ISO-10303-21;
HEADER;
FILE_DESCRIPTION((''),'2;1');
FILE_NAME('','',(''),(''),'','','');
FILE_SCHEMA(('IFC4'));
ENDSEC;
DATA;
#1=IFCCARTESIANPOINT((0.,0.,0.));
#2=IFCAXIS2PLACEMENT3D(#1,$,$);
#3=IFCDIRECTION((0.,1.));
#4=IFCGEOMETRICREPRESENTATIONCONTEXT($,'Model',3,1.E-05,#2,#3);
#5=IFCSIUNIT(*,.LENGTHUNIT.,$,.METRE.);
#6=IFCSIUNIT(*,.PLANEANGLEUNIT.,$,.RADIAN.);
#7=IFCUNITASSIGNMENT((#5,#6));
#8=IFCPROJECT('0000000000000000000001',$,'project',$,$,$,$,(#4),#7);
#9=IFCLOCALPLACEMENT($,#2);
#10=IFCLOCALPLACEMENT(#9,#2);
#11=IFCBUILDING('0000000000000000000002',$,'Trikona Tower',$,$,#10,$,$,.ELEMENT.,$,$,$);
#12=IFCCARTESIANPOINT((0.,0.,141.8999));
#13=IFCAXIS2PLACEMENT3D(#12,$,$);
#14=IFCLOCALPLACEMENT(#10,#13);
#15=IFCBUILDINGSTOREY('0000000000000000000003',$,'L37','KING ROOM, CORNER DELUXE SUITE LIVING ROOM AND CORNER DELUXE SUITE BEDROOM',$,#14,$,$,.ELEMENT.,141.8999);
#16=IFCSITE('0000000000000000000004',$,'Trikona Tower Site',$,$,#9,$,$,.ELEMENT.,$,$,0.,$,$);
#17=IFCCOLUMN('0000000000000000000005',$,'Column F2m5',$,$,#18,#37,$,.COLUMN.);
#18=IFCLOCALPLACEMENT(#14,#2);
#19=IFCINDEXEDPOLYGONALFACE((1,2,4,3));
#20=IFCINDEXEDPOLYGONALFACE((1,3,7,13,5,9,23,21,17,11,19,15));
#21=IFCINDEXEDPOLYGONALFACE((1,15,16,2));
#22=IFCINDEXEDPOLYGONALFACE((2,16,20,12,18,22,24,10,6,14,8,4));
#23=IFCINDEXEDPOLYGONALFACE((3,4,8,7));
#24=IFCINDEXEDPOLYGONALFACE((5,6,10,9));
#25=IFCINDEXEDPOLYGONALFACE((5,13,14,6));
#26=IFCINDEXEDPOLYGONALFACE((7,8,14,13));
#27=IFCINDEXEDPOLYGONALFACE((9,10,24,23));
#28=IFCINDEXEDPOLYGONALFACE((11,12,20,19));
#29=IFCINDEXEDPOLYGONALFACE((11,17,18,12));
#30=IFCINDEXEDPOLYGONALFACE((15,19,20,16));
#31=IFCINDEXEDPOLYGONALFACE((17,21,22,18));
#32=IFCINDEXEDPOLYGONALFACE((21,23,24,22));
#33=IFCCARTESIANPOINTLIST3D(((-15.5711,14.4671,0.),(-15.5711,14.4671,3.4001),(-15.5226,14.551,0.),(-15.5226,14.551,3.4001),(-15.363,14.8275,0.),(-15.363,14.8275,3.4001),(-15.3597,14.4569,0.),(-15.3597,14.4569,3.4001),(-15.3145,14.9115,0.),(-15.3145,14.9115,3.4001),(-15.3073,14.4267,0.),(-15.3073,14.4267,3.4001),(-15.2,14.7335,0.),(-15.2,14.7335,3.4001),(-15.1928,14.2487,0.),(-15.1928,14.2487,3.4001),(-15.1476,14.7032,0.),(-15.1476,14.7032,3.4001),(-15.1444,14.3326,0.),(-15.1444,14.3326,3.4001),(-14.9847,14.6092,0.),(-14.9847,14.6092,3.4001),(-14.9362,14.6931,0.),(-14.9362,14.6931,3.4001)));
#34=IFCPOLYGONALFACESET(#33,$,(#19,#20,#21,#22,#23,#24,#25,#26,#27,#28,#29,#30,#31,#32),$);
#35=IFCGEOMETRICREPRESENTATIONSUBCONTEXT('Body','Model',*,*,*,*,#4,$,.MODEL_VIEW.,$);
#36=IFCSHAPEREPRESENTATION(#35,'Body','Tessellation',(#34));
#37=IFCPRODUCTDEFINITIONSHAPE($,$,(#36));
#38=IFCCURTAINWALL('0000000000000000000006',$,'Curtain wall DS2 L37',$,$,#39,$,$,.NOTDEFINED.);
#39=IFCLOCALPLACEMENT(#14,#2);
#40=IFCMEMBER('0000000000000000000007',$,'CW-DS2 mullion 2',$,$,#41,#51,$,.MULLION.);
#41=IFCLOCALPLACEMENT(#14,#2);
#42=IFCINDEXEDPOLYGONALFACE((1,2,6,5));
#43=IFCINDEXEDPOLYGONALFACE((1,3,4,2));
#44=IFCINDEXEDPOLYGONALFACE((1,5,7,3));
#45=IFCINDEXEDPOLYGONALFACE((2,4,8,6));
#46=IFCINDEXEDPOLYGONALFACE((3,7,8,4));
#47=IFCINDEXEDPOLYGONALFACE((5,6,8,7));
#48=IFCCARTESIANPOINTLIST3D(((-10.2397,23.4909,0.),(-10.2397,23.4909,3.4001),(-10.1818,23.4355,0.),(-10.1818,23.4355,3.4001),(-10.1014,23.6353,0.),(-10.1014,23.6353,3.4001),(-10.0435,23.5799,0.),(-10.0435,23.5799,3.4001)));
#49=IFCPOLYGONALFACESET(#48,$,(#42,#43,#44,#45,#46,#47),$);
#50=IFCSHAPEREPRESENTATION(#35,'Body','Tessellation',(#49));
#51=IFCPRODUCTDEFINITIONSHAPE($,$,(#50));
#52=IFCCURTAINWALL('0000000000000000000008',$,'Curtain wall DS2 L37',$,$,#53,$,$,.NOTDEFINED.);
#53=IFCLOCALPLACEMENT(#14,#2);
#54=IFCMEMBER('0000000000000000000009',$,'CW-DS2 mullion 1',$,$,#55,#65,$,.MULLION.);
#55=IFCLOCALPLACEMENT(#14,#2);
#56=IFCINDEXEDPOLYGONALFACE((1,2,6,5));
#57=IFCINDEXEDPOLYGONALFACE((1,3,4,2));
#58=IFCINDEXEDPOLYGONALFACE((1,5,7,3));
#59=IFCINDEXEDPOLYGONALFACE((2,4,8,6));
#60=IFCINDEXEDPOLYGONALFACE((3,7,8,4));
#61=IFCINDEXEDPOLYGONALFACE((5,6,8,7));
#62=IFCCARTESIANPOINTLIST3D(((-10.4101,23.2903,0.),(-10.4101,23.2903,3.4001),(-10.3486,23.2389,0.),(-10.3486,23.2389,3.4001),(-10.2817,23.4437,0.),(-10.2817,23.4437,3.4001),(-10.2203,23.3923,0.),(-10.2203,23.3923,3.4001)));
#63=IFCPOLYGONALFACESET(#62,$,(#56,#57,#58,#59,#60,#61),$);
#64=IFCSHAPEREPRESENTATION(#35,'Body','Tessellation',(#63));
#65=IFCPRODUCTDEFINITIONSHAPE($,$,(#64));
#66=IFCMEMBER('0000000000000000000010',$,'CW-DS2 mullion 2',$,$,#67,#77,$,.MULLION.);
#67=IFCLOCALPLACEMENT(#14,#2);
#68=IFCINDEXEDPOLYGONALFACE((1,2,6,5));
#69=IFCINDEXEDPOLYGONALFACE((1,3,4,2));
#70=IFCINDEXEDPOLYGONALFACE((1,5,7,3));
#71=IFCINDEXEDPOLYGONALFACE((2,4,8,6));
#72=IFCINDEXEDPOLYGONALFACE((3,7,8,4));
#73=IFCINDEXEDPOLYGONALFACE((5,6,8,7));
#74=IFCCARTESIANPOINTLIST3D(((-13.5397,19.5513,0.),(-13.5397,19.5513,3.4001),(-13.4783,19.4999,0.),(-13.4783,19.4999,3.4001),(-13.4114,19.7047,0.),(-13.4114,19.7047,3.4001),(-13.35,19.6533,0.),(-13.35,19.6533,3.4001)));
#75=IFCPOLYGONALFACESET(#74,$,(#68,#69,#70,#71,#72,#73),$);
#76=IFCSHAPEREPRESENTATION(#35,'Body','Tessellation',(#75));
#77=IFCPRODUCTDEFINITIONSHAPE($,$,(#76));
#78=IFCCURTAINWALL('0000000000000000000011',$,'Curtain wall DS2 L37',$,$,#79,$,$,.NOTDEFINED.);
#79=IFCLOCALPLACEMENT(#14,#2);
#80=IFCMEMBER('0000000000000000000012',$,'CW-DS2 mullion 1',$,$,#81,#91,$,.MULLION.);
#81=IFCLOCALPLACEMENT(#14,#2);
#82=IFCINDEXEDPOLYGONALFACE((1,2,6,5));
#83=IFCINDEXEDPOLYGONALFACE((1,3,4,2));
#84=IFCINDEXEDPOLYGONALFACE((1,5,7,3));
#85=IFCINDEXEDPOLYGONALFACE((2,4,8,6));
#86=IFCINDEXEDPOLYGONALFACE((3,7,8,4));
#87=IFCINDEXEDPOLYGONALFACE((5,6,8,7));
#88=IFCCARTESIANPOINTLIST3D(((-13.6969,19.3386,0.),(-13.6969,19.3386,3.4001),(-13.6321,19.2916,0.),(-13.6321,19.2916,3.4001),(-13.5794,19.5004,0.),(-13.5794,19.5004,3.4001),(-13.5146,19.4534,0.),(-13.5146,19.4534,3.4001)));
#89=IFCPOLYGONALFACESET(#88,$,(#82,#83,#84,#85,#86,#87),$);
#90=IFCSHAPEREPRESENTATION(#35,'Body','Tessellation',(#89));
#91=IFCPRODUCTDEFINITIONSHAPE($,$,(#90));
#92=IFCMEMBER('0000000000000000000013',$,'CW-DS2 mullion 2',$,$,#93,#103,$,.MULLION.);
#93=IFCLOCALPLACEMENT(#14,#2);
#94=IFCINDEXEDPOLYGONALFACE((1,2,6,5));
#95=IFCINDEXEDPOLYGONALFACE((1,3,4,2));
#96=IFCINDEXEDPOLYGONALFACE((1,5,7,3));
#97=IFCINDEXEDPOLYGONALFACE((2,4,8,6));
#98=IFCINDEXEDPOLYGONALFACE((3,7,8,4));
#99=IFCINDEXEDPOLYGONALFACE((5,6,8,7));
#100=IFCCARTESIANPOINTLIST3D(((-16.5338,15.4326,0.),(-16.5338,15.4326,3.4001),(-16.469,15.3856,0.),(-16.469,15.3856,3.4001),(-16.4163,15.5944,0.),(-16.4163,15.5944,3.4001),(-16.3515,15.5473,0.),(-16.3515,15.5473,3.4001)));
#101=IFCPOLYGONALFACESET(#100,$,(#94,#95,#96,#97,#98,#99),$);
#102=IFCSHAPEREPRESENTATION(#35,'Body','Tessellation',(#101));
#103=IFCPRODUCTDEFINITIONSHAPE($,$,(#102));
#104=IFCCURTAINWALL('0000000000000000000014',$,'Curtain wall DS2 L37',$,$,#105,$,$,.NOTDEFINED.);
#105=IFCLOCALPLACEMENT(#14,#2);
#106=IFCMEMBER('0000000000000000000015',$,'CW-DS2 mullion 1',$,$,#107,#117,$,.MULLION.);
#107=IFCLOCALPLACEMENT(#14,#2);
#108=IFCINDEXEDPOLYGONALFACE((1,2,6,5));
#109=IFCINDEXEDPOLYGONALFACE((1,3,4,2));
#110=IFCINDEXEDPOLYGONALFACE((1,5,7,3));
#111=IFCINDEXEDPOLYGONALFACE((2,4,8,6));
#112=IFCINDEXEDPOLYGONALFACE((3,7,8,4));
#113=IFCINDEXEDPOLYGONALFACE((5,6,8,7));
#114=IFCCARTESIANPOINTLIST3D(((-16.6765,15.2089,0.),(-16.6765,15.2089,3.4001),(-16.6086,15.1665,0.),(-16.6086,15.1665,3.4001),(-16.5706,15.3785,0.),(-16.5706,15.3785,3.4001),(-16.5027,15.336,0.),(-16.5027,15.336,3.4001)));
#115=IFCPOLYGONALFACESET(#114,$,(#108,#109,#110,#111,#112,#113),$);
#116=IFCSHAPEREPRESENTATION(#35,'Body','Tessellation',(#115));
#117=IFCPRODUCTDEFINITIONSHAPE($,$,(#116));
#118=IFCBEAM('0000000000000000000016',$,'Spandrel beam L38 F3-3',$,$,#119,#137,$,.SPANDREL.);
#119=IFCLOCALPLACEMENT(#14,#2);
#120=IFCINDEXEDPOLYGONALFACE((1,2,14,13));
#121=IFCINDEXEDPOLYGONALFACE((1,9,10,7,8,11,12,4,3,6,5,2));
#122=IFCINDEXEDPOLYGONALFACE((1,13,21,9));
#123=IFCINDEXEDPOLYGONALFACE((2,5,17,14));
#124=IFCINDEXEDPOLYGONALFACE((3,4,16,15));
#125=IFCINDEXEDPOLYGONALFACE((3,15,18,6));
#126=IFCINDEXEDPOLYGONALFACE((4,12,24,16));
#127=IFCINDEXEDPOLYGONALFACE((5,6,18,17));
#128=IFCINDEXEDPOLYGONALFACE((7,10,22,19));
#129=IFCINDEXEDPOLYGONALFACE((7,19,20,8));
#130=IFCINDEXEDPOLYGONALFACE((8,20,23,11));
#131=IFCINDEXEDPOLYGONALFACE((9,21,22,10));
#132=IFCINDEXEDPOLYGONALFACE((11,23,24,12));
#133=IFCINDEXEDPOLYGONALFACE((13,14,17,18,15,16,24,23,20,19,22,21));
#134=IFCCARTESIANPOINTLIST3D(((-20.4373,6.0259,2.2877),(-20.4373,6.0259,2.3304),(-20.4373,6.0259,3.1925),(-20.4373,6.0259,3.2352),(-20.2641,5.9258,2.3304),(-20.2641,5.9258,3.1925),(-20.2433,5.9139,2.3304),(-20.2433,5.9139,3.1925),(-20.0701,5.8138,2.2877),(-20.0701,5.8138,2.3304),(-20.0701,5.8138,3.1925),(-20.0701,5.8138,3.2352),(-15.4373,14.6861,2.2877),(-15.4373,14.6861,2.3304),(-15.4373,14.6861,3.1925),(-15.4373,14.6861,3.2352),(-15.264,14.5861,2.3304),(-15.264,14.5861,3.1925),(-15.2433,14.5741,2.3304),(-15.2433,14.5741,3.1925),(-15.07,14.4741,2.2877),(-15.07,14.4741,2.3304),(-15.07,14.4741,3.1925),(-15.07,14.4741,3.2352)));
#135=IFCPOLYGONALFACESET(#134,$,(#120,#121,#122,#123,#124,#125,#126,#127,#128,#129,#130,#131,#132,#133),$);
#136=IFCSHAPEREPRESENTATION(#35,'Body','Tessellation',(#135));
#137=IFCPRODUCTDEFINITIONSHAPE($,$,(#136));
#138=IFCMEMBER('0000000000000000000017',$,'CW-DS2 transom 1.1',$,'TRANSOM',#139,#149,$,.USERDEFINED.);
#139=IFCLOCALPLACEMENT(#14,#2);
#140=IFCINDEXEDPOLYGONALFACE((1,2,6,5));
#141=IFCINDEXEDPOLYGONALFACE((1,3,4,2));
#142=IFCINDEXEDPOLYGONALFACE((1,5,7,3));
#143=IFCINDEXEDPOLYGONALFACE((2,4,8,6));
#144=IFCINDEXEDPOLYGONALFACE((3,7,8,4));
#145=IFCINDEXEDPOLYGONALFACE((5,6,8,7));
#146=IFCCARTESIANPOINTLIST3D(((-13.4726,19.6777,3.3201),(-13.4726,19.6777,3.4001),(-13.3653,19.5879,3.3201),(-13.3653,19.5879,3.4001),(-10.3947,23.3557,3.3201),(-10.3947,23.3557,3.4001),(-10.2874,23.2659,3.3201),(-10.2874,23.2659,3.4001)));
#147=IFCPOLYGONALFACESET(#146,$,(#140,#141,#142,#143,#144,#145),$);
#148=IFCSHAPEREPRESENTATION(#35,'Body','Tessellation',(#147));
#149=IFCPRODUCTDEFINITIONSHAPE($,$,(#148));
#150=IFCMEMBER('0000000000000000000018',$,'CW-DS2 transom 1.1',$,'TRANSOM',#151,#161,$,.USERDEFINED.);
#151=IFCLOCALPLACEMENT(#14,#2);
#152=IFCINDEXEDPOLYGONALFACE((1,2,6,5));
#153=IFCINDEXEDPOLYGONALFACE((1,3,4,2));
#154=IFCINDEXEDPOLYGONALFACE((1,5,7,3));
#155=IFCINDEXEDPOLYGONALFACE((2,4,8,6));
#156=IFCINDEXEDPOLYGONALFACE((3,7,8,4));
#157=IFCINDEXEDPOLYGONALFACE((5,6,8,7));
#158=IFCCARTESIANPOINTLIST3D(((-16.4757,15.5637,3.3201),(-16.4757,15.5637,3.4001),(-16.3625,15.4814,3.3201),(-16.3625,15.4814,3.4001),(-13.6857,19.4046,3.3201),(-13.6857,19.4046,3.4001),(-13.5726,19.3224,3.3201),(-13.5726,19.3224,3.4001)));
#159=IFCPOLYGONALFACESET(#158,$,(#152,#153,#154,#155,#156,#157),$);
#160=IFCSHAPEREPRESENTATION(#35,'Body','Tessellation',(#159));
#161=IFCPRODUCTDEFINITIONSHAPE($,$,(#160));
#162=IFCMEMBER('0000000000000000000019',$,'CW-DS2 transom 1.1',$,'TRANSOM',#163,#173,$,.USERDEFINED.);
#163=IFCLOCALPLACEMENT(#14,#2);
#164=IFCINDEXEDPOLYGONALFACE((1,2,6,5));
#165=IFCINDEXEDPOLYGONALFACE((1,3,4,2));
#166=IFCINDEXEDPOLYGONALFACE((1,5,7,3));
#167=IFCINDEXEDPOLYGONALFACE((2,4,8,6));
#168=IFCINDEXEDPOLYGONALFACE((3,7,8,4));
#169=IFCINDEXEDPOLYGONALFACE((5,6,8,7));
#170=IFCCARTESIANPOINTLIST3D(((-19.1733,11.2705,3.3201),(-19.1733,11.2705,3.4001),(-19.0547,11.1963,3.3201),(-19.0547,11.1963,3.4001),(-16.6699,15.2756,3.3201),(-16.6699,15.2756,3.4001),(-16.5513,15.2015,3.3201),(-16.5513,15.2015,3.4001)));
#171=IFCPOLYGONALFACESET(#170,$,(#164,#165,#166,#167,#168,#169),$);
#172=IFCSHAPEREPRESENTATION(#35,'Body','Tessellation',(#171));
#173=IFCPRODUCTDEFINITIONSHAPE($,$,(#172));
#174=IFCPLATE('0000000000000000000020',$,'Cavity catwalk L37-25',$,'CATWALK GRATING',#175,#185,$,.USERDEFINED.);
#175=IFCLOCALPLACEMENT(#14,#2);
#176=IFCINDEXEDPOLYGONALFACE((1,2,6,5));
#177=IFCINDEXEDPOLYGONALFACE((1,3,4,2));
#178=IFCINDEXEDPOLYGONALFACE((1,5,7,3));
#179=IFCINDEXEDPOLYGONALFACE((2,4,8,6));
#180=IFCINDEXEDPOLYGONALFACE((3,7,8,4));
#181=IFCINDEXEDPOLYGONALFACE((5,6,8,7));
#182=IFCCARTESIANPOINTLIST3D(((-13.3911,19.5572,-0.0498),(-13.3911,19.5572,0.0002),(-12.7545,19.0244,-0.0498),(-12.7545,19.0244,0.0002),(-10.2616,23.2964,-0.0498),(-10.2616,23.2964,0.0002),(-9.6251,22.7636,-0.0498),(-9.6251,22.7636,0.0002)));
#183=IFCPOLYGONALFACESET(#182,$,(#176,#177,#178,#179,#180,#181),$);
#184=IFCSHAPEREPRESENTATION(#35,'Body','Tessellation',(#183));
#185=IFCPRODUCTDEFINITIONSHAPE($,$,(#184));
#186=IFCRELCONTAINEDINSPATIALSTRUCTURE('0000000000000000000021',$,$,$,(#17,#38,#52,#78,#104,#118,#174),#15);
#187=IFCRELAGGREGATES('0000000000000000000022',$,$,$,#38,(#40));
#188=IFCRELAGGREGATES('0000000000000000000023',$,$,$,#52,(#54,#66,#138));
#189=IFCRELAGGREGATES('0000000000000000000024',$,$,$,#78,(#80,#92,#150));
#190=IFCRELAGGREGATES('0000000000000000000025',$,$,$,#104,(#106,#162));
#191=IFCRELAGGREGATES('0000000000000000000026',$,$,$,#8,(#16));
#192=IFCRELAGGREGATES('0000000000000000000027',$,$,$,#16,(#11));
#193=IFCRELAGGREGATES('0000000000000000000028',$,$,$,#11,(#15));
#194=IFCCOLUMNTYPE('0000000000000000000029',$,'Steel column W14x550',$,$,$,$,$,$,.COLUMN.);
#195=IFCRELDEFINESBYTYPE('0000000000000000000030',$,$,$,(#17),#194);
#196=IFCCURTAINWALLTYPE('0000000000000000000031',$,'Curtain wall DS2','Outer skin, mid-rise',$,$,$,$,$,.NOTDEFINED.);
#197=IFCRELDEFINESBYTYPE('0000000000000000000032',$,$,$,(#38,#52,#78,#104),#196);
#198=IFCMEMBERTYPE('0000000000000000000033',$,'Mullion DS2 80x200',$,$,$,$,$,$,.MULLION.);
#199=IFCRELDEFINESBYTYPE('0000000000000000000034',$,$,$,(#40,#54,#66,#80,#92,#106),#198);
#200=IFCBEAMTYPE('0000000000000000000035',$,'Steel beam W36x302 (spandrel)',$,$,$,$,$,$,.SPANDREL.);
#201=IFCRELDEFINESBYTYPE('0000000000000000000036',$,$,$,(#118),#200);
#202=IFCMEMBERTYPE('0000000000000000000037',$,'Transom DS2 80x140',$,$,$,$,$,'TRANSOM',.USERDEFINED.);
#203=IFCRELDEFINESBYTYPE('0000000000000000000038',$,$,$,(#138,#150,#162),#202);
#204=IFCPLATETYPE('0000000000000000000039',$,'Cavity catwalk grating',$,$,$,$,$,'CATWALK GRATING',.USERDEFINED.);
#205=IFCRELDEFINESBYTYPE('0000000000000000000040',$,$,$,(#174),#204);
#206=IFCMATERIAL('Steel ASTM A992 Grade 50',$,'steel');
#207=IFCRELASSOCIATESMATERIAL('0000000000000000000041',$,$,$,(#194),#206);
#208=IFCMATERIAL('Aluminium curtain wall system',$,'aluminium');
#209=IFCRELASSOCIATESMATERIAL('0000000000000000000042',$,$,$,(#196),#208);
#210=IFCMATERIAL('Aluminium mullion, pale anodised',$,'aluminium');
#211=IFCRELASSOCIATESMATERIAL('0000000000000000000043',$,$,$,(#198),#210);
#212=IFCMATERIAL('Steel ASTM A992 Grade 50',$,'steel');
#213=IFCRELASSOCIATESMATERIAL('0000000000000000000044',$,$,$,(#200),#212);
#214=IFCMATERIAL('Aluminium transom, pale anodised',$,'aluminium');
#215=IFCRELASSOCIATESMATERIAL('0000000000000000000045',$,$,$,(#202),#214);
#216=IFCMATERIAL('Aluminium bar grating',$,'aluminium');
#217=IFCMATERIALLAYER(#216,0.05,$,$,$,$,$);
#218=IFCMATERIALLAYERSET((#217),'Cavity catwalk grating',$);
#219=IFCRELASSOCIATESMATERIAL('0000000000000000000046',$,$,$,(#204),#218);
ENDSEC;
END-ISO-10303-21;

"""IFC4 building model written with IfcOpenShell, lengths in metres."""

from ifc_helpers import new_model, si_unit, direction, frame, origin, origin_2d, place, context, subcontext, project, spatial, rectangle, i_section, extrude, material, layer, layer_set, material_profile, profile_set, type_object, element, aggregate, save


model = new_model("IFC4")

# Units and contexts
model_context = context("Model", 3, precision=1e-05, world=origin(), true_north=direction((0.0, 1.0)))
body_context = subcontext(model_context, "Body", "Model", "MODEL_VIEW")
ifc_project = project(units=[si_unit("LENGTHUNIT", "METRE"), si_unit("PLANEANGLEUNIT", "RADIAN")], contexts=[model_context])

# Site, building, storey
site_placement = place(None, origin())
site = spatial("IfcSite", under=ifc_project, at=site_placement, Name="Trikona Tower Site", CompositionType="ELEMENT", RefElevation=0.0)
building_placement = place(site_placement, origin())
building = spatial("IfcBuilding", under=site, at=building_placement, Name="Trikona Tower", CompositionType="ELEMENT")
storey_placement = place(building_placement, frame((0.0, 0.0, 141.8999)))
storey = spatial("IfcBuildingStorey", under=building, at=storey_placement, Name="L37", Description="KING ROOM, CORNER DELUXE SUITE LIVING ROOM AND CORNER DELUXE SUITE BEDROOM", CompositionType="ELEMENT", Elevation=141.8999)

# Column
ifc_material_1 = material(Name="Steel ASTM A992 Grade 50", Category="steel")
ifc_material_profile_1 = material_profile(ifc_material_1, i_section(OverallWidth=0.4368, OverallDepth=0.5132, WebThickness=0.0605, FlangeThickness=0.0969, at=origin_2d()), Name="W14X550")
ifc_profile_set_1 = profile_set([ifc_material_profile_1], Name="Steel ASTM A992 Grade 50")
column_type = type_object("IfcColumnType", Name="Steel column W14x550", PredefinedType="COLUMN", material=ifc_profile_set_1)
column_placement = place(storey_placement, frame((-15.2537, 14.5801, 0.0), z_axis=(0.0, 0.0, 1.0), x_axis=(-0.866025, 0.5, 0.0)))
element("IfcColumn", 1, at=column_placement, inside=storey, type_object=column_type, Name="Column F2m5", PredefinedType="COLUMN", context=body_context, shape_type="SweptSolid", body=[
    extrude(i_section(OverallWidth=0.4368, OverallDepth=0.5132, WebThickness=0.0605, FlangeThickness=0.0969, at=origin_2d()), origin(), (0.0, 0.0, 1.0), 3.4001),
])

# Curtain wall, member
ifc_material_2 = material(Name="Aluminium curtain wall system", Category="aluminium")
curtain_wall_type = type_object("IfcCurtainWallType", Name="Curtain wall DS2", Description="Outer skin, mid-rise", PredefinedType="NOTDEFINED", material=ifc_material_2)
curtain_wall_1_placement = place(storey_placement, origin())
curtain_wall_1 = element("IfcCurtainWall", 2, at=curtain_wall_1_placement, inside=storey, type_object=curtain_wall_type, Name="Curtain wall DS2 L37", PredefinedType="NOTDEFINED")
ifc_material_3 = material(Name="Aluminium mullion, pale anodised", Category="aluminium")
ifc_material_profile_2 = material_profile(ifc_material_3, rectangle(XDim=0.0801, YDim=0.2, at=origin_2d()), Name="MUL-DS2")
ifc_profile_set_2 = profile_set([ifc_material_profile_2], Name="Aluminium mullion, pale anodised")
member_type_1 = type_object("IfcMemberType", Name="Mullion DS2 80x200", PredefinedType="MULLION", material=ifc_profile_set_2)
member_1_placement = place(storey_placement, frame((-10.1416, 23.5354, 0.0), z_axis=(0.0, 0.0, 1.0), x_axis=(0.722158, -0.691728, 0.0)))
member_1 = element("IfcMember", 3, at=member_1_placement, type_object=member_type_1, Name="CW-DS2 mullion 2", PredefinedType="MULLION", context=body_context, shape_type="SweptSolid", body=[
    extrude(rectangle(XDim=0.0801, YDim=0.2, at=origin_2d()), origin(), (0.0, 0.0, 1.0), 3.4001),
])
aggregate(curtain_wall_1, [member_1])

# Curtain walls, members
curtain_wall_2_placement = place(storey_placement, origin())
curtain_wall_2 = element("IfcCurtainWall", 4, at=curtain_wall_2_placement, inside=storey, type_object=curtain_wall_type, Name="Curtain wall DS2 L37", PredefinedType="NOTDEFINED")
member_2_placement = place(storey_placement, frame((-10.3152, 23.3413, 0.0), z_axis=(0.0, 0.0, 1.0), x_axis=(0.766867, -0.641806, 0.0)))
member_2 = element("IfcMember", 5, at=member_2_placement, type_object=member_type_1, Name="CW-DS2 mullion 1", PredefinedType="MULLION", context=body_context, shape_type="SweptSolid", body=[
    extrude(rectangle(XDim=0.0801, YDim=0.2, at=origin_2d()), origin(), (0.0, 0.0, 1.0), 3.4001),
])
member_3_placement = place(storey_placement, frame((-13.4448, 19.6023, 0.0), z_axis=(0.0, 0.0, 1.0), x_axis=(0.766867, -0.641806, 0.0)))
member_3 = element("IfcMember", 6, at=member_3_placement, type_object=member_type_1, Name="CW-DS2 mullion 2", PredefinedType="MULLION", context=body_context, shape_type="SweptSolid", body=[
    extrude(rectangle(XDim=0.0801, YDim=0.2, at=origin_2d()), origin(), (0.0, 0.0, 1.0), 3.4001),
])
curtain_wall_3_placement = place(storey_placement, origin())
curtain_wall_3 = element("IfcCurtainWall", 7, at=curtain_wall_3_placement, inside=storey, type_object=curtain_wall_type, Name="Curtain wall DS2 L37", PredefinedType="NOTDEFINED")
member_4_placement = place(storey_placement, frame((-13.6057, 19.396, 0.0), z_axis=(0.0, 0.0, 1.0), x_axis=(0.809086, -0.587691, 0.0)))
member_4 = element("IfcMember", 8, at=member_4_placement, type_object=member_type_1, Name="CW-DS2 mullion 1", PredefinedType="MULLION", context=body_context, shape_type="SweptSolid", body=[
    extrude(rectangle(XDim=0.0801, YDim=0.2, at=origin_2d()), origin(), (0.0, 0.0, 1.0), 3.4001),
])
member_5_placement = place(storey_placement, frame((-16.4426, 15.49, 0.0), z_axis=(0.0, 0.0, 1.0), x_axis=(0.809086, -0.587691, 0.0)))
member_5 = element("IfcMember", 9, at=member_5_placement, type_object=member_type_1, Name="CW-DS2 mullion 2", PredefinedType="MULLION", context=body_context, shape_type="SweptSolid", body=[
    extrude(rectangle(XDim=0.0801, YDim=0.2, at=origin_2d()), origin(), (0.0, 0.0, 1.0), 3.4001),
])

# Curtain wall, member
curtain_wall_4_placement = place(storey_placement, origin())
curtain_wall_4 = element("IfcCurtainWall", 10, at=curtain_wall_4_placement, inside=storey, type_object=curtain_wall_type, Name="Curtain wall DS2 L37", PredefinedType="NOTDEFINED")
member_6_placement = place(storey_placement, frame((-16.5896, 15.2725, 0.0), z_axis=(0.0, 0.0, 1.0), x_axis=(0.847998, -0.529999, 0.0)))
member_6 = element("IfcMember", 11, at=member_6_placement, type_object=member_type_1, Name="CW-DS2 mullion 1", PredefinedType="MULLION", context=body_context, shape_type="SweptSolid", body=[
    extrude(rectangle(XDim=0.0801, YDim=0.2, at=origin_2d()), origin(), (0.0, 0.0, 1.0), 3.4001),
])

# Beam
ifc_material_4 = material(Name="Steel ASTM A992 Grade 50", Category="steel")
ifc_material_profile_3 = material_profile(ifc_material_4, i_section(OverallWidth=0.4241, OverallDepth=0.9475, WebThickness=0.0239, FlangeThickness=0.0427, at=origin_2d()), Name="W36X302")
ifc_profile_set_3 = profile_set([ifc_material_profile_3], Name="Steel ASTM A992 Grade 50")
beam_type = type_object("IfcBeamType", Name="Steel beam W36x302 (spandrel)", PredefinedType="SPANDREL", material=ifc_profile_set_3)
beam_placement = place(storey_placement, frame((-15.2537, 14.5801, 2.7615), z_axis=(-0.500004, -0.866023, 0.0), x_axis=(0.866023, -0.500004, 0.0)))
element("IfcBeam", 12, at=beam_placement, inside=storey, type_object=beam_type, Name="Spandrel beam L38 F3-3", PredefinedType="SPANDREL", context=body_context, shape_type="SweptSolid", body=[
    extrude(i_section(OverallWidth=0.4241, OverallDepth=0.9475, WebThickness=0.0239, FlangeThickness=0.0427, at=origin_2d()), origin(), (0.0, 0.0, 1.0), 10.0),
])

# Members
ifc_material_5 = material(Name="Aluminium transom, pale anodised", Category="aluminium")
ifc_material_profile_4 = material_profile(ifc_material_5, rectangle(XDim=0.1399, YDim=0.0801, at=origin_2d()), Name="TRN-DS2")
ifc_profile_set_4 = profile_set([ifc_material_profile_4], Name="Aluminium transom, pale anodised")
member_type_2 = type_object("IfcMemberType", Name="Transom DS2 80x140", ElementType="TRANSOM", PredefinedType="USERDEFINED", material=ifc_profile_set_4)
member_7_placement = place(storey_placement, frame((-10.3411, 23.3108, 3.3601), z_axis=(-0.64177, -0.766897, 0.0), x_axis=(0.766897, -0.64177, 0.0)))
member_7 = element("IfcMember", 13, at=member_7_placement, type_object=member_type_2, Name="CW-DS2 transom 1.1", ObjectType="TRANSOM", PredefinedType="USERDEFINED", context=body_context, shape_type="SweptSolid", body=[
    extrude(rectangle(XDim=0.1399, YDim=0.0801, at=origin_2d()), origin(), (0.0, 0.0, 1.0), 4.7959),
])
member_8_placement = place(storey_placement, frame((-13.6292, 19.3635, 3.3601), z_axis=(-0.587695, -0.809083, 0.0), x_axis=(0.809083, -0.587695, 0.0)))
member_8 = element("IfcMember", 14, at=member_8_placement, type_object=member_type_2, Name="CW-DS2 transom 1.1", ObjectType="TRANSOM", PredefinedType="USERDEFINED", context=body_context, shape_type="SweptSolid", body=[
    extrude(rectangle(XDim=0.1399, YDim=0.0801, at=origin_2d()), origin(), (0.0, 0.0, 1.0), 4.7473),
])
member_9_placement = place(storey_placement, frame((-16.6106, 15.2385, 3.3601), z_axis=(-0.530031, -0.847978, 0.0), x_axis=(0.847978, -0.530031, 0.0)))
member_9 = element("IfcMember", 15, at=member_9_placement, type_object=member_type_2, Name="CW-DS2 transom 1.1", ObjectType="TRANSOM", PredefinedType="USERDEFINED", context=body_context, shape_type="SweptSolid", body=[
    extrude(rectangle(XDim=0.1399, YDim=0.0801, at=origin_2d()), origin(), (0.0, 0.0, 1.0), 4.7231),
])

# Plate
ifc_material_6 = material(Name="Aluminium bar grating", Category="aluminium")
ifc_layer_1 = layer(ifc_material_6, 0.05)
ifc_layer_set_1 = layer_set([ifc_layer_1], Name="Cavity catwalk grating")
plate_type_1 = type_object("IfcPlateType", Name="Cavity catwalk grating", ElementType="CATWALK GRATING", PredefinedType="USERDEFINED", material=ifc_layer_set_1)
plate_1_placement = place(storey_placement, frame((-11.5081, 21.1604, -0.0498), z_axis=(0.0, 0.0, 1.0), x_axis=(-0.641807, -0.766866, 0.0)))
element("IfcPlate", 16, at=plate_1_placement, inside=storey, type_object=plate_type_1, Name="Cavity catwalk L37-25", ObjectType="CATWALK GRATING", PredefinedType="USERDEFINED", context=body_context, shape_type="SweptSolid", body=[
    extrude(rectangle(XDim=4.876, YDim=0.8301, at=origin_2d()), origin(), (0.0, 0.0, 1.0), 0.05),
])

aggregate(curtain_wall_2, [member_2, member_3, member_7])
aggregate(curtain_wall_3, [member_4, member_5, member_8])
aggregate(curtain_wall_4, [member_6, member_9])

save(model, "model.ifc")
